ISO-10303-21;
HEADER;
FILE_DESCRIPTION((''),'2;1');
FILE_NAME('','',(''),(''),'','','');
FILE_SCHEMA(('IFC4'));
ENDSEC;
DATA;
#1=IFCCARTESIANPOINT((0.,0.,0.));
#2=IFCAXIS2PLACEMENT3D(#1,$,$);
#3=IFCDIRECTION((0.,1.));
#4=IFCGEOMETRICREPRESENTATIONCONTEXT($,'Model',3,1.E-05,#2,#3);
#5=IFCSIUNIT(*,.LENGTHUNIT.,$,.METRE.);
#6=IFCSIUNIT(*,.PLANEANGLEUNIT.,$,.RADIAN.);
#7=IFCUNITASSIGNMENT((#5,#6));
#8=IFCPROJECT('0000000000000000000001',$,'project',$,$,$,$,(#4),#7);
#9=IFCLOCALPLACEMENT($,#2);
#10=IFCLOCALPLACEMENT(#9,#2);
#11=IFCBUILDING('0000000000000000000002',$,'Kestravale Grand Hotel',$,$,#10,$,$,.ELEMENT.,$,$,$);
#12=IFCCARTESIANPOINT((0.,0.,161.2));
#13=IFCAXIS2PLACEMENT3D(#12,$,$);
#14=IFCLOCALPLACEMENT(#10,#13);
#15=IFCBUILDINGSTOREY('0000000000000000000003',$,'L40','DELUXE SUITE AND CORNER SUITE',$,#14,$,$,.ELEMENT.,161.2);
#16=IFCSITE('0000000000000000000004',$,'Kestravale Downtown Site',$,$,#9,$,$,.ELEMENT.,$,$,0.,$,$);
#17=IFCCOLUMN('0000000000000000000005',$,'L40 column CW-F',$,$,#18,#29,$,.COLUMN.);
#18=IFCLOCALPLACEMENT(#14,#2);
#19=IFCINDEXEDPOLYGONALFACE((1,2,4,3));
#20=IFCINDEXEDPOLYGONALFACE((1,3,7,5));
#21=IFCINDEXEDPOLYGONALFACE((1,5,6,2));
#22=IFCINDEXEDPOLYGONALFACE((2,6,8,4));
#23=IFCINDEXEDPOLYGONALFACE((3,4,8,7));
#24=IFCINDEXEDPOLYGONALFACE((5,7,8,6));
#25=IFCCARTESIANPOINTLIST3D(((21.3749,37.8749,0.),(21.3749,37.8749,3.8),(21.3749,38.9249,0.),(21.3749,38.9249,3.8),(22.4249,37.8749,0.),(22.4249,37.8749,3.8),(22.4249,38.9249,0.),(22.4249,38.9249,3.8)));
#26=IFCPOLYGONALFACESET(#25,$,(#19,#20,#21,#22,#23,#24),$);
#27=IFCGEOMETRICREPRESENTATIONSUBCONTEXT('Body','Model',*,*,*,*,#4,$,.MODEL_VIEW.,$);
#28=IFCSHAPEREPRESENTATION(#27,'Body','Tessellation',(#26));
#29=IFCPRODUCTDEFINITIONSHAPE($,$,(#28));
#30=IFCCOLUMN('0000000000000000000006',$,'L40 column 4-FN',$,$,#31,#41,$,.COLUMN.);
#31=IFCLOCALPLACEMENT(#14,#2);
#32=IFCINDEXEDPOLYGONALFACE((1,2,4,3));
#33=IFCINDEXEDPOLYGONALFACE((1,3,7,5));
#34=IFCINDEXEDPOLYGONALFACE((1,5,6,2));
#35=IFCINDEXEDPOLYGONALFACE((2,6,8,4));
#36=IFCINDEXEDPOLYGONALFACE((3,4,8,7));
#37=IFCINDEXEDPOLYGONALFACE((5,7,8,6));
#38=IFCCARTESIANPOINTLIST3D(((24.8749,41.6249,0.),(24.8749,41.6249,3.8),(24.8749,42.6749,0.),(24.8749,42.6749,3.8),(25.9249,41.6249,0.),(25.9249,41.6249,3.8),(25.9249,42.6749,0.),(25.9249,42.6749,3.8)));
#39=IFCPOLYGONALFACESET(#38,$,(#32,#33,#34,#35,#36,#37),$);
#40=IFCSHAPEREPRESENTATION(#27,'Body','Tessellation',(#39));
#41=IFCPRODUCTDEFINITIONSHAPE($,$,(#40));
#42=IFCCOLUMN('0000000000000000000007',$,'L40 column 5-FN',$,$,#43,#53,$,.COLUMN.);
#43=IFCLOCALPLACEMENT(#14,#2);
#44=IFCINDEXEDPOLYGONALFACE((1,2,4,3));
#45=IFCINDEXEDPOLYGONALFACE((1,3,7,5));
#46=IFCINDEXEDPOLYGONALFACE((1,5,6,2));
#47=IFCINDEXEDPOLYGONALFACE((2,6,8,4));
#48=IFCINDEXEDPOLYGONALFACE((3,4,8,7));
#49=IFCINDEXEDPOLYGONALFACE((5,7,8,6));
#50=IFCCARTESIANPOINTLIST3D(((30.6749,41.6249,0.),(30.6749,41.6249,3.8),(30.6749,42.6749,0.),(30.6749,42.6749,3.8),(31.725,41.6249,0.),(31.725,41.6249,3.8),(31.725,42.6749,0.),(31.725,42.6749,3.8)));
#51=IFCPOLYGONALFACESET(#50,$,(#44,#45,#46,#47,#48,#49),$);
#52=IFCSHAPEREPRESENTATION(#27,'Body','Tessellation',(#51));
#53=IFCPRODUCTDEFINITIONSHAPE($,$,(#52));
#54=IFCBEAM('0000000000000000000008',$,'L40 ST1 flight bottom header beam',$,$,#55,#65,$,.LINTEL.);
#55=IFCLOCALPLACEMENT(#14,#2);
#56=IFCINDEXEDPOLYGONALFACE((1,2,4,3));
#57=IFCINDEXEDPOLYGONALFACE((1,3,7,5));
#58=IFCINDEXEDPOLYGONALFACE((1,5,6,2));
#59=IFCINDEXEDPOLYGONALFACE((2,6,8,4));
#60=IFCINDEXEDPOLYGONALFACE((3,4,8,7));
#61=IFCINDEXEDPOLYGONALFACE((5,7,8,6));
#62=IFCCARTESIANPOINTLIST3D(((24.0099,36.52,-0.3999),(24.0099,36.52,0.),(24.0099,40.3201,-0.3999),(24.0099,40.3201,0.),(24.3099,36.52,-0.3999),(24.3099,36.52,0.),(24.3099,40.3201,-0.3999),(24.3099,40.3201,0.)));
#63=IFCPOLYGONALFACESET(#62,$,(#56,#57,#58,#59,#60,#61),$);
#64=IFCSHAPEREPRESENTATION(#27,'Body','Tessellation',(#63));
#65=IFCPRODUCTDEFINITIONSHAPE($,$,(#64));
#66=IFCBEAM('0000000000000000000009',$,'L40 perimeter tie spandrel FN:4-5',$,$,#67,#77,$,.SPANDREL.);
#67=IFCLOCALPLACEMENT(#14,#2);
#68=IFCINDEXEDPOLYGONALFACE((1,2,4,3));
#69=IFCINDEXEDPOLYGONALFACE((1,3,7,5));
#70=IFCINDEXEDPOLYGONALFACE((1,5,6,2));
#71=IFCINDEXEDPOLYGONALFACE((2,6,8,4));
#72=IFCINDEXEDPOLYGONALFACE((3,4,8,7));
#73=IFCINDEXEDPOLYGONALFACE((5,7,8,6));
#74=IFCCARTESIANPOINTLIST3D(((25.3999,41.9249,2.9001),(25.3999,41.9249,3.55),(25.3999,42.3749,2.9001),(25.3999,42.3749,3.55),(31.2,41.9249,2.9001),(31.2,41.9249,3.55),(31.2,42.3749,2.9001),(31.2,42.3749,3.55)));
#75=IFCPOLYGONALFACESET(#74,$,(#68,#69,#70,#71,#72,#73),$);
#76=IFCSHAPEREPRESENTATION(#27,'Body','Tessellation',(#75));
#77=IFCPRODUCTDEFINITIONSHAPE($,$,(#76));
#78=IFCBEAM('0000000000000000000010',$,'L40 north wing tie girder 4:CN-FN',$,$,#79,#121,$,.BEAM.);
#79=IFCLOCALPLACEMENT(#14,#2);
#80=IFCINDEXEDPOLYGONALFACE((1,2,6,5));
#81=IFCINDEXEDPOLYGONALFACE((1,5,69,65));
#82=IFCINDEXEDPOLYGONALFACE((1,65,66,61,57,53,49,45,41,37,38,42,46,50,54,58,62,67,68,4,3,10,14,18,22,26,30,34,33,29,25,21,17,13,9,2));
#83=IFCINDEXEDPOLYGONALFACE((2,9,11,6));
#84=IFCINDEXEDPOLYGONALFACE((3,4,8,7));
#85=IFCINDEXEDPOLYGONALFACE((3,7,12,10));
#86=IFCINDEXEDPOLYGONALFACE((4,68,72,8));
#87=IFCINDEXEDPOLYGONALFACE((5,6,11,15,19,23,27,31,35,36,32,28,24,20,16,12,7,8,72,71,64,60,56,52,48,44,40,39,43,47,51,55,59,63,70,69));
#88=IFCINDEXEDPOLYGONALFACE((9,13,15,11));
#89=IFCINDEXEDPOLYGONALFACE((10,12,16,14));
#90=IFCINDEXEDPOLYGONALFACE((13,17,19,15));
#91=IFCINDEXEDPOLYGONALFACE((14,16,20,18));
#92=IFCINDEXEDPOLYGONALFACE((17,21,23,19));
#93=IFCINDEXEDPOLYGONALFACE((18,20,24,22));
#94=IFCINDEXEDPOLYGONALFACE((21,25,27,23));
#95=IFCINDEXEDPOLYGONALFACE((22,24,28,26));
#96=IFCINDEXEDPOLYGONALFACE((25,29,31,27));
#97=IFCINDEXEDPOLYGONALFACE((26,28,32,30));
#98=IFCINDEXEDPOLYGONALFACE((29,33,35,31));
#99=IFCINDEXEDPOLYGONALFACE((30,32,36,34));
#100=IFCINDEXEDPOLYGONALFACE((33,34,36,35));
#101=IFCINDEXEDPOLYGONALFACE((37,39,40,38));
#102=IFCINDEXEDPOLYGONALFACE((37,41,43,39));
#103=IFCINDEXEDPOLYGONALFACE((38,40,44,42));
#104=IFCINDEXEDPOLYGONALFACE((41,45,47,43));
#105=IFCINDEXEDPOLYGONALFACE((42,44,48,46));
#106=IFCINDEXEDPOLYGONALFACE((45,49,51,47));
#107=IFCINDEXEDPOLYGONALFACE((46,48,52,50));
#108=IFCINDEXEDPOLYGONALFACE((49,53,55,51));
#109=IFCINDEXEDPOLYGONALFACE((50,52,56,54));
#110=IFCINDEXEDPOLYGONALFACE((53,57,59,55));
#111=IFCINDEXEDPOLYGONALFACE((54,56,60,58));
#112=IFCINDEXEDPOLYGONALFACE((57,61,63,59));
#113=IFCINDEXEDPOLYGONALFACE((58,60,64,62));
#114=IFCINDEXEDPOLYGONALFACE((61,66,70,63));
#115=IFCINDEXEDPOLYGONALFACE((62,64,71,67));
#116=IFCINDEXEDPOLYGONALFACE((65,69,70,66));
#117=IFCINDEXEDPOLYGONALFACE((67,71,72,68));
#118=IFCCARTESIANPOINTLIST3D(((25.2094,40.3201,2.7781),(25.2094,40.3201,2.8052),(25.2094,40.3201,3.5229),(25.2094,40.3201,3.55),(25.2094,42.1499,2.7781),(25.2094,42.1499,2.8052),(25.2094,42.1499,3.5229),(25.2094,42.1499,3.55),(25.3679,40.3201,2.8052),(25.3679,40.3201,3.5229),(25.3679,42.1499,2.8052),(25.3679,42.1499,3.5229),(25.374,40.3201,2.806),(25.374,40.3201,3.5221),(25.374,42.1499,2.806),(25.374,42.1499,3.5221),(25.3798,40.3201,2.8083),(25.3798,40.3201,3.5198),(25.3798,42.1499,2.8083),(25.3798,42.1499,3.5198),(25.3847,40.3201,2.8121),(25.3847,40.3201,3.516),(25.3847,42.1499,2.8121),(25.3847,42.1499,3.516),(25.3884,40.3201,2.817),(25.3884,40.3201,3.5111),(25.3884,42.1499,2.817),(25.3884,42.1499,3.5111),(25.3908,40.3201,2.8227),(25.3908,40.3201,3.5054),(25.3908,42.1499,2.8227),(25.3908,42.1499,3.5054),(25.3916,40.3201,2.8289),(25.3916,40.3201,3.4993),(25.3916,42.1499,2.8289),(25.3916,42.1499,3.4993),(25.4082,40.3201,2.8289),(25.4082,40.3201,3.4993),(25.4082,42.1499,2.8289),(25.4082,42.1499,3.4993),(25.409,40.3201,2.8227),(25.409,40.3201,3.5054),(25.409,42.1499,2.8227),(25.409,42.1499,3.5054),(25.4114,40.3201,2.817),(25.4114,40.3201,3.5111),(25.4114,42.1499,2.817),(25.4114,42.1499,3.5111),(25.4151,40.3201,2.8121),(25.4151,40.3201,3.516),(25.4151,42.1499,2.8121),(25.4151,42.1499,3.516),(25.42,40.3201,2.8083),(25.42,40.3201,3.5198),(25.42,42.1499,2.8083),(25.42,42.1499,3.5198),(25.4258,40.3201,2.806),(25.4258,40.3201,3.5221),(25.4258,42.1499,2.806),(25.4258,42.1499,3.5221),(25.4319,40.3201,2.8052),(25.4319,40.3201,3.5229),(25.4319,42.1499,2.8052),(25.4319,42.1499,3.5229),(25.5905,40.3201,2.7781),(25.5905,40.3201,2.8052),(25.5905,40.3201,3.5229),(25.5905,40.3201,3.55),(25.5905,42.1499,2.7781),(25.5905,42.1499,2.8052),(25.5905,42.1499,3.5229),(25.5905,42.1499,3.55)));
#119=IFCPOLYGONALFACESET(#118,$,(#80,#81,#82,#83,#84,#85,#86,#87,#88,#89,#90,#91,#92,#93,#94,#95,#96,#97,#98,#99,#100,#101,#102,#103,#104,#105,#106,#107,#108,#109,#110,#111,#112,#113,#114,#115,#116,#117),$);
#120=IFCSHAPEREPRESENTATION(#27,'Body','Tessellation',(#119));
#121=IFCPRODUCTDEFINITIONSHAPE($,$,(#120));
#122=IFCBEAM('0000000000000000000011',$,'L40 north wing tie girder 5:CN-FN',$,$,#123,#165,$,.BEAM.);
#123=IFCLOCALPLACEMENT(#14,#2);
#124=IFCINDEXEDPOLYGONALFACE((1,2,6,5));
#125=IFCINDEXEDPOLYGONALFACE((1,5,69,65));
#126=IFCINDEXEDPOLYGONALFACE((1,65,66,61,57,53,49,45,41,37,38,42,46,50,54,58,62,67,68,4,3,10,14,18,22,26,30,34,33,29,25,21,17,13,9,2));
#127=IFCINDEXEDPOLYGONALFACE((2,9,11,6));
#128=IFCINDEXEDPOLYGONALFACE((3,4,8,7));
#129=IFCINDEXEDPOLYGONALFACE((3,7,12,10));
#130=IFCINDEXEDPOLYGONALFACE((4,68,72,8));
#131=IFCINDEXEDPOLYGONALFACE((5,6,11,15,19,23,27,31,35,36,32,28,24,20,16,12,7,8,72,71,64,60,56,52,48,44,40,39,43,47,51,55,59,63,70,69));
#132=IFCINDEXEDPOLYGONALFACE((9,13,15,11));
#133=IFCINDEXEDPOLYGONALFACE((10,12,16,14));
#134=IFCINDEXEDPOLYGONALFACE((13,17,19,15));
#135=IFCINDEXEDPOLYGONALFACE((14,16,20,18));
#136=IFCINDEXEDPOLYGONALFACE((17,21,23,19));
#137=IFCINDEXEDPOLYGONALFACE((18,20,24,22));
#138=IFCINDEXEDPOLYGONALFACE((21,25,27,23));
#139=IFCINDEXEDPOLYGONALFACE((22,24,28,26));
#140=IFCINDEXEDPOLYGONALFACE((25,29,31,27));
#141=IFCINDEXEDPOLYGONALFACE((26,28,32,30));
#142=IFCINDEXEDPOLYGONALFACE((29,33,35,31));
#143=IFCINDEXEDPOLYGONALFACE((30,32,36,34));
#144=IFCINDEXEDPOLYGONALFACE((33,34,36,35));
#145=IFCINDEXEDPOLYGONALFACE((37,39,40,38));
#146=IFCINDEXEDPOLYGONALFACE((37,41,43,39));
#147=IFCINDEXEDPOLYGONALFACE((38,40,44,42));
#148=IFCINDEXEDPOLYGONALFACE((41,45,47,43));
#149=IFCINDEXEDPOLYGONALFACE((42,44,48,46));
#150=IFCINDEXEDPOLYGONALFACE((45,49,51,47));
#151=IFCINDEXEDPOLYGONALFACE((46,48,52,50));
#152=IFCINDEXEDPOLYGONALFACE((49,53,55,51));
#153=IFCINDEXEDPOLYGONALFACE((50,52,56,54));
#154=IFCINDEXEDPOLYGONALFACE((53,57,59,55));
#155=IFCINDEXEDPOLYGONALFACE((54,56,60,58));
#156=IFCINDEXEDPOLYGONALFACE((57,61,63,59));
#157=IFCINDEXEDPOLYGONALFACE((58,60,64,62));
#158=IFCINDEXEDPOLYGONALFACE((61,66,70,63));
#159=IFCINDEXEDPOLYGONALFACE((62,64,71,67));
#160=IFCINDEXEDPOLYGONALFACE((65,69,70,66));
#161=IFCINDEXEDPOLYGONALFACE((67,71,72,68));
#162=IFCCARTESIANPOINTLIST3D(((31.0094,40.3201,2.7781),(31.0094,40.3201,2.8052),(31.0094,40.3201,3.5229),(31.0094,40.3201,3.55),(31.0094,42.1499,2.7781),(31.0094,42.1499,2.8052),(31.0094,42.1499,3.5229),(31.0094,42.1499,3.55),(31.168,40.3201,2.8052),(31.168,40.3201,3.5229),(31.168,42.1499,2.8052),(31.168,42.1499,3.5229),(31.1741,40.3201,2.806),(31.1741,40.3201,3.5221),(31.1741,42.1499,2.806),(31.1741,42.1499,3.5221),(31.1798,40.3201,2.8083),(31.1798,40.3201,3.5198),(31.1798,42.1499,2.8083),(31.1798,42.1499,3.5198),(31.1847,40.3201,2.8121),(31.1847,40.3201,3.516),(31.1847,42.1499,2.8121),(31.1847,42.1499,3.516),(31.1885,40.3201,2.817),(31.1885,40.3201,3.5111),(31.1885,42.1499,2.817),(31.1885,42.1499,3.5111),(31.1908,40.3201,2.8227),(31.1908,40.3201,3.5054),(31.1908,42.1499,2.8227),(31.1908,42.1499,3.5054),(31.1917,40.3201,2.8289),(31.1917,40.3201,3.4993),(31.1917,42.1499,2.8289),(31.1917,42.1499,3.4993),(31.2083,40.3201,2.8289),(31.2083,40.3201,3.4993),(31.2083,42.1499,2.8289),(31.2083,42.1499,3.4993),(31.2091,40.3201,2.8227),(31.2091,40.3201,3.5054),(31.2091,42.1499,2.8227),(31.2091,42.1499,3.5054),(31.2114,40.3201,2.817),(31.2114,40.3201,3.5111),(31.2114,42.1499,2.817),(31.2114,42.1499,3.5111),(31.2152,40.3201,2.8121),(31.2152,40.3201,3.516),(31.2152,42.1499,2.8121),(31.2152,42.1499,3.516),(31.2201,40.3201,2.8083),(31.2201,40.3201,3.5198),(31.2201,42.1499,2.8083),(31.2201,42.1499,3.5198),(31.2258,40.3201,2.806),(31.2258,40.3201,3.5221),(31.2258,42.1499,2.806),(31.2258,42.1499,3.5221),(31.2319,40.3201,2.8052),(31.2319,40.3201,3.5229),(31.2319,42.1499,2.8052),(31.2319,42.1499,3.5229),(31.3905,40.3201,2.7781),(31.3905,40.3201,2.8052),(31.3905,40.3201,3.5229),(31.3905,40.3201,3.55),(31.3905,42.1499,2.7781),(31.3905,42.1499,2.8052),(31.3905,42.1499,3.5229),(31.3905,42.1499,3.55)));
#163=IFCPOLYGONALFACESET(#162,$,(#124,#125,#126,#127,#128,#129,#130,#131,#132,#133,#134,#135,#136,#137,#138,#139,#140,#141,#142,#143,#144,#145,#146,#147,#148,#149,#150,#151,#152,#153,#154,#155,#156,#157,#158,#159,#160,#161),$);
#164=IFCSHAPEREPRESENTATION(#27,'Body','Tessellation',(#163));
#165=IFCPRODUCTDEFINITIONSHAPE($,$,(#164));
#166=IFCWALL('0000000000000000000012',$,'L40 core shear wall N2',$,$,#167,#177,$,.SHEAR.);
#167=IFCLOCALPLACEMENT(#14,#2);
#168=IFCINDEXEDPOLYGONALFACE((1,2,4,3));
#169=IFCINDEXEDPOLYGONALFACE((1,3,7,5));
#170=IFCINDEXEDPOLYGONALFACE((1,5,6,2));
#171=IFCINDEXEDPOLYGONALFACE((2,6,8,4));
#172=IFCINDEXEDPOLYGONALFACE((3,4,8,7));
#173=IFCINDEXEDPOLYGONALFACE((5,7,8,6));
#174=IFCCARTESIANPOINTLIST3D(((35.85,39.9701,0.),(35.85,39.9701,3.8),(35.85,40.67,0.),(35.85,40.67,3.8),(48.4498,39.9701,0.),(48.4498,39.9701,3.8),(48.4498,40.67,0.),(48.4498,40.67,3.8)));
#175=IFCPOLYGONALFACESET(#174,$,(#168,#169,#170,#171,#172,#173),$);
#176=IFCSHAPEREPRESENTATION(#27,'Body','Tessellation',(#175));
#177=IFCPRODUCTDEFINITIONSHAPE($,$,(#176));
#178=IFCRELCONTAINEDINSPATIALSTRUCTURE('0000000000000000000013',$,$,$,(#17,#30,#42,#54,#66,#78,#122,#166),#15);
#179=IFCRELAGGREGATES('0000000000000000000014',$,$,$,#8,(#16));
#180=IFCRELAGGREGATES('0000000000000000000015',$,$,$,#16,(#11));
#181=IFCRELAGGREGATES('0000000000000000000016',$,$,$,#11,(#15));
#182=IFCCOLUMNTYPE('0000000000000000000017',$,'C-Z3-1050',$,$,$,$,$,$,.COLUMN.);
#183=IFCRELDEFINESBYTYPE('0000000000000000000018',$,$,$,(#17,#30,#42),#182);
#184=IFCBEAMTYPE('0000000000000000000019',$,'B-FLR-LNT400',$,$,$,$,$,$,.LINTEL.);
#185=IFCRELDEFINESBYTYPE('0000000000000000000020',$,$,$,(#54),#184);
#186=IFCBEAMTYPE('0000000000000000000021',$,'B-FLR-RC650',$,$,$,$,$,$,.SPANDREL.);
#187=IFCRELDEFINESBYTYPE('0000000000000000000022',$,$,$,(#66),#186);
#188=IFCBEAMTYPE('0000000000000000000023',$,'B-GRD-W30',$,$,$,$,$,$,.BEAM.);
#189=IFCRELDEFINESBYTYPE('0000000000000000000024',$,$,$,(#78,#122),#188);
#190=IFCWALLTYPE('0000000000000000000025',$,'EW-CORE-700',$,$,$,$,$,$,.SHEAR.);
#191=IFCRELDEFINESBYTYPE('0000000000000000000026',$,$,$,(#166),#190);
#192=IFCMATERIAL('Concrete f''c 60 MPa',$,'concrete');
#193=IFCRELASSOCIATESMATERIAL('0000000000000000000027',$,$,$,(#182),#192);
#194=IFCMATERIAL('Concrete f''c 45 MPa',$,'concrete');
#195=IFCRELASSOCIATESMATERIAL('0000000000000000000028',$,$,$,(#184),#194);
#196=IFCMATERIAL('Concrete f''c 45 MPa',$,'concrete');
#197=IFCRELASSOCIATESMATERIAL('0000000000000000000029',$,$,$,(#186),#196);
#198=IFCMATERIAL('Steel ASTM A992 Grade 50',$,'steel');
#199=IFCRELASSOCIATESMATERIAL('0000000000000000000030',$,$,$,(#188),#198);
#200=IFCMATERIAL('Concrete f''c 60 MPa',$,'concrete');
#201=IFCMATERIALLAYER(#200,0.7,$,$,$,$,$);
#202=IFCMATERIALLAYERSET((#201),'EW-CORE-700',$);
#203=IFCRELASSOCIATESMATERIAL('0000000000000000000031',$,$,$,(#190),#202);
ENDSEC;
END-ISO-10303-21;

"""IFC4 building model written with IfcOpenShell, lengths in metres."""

from ifc_helpers import new_model, si_unit, direction, frame, frame_2d, origin, origin_2d, place, context, subcontext, project, spatial, rectangle, i_section, extrude, material, layer, layer_set, material_profile, profile_set, type_object, element, save


model = new_model("IFC4")

# Units and contexts
model_context = context("Model", 3, precision=1e-05, world=origin(), true_north=direction((0.0, 1.0)))
body_context = subcontext(model_context, "Body", "Model", "MODEL_VIEW")
ifc_project = project(units=[si_unit("LENGTHUNIT", "METRE"), si_unit("PLANEANGLEUNIT", "RADIAN")], contexts=[model_context])

# Site, building, storey
site_placement = place(None, origin())
site = spatial("IfcSite", under=ifc_project, at=site_placement, Name="Kestravale Downtown Site", CompositionType="ELEMENT", RefElevation=0.0)
building_placement = place(site_placement, origin())
building = spatial("IfcBuilding", under=site, at=building_placement, Name="Kestravale Grand Hotel", CompositionType="ELEMENT")
storey_placement = place(building_placement, frame((0.0, 0.0, 161.2)))
storey = spatial("IfcBuildingStorey", under=building, at=storey_placement, Name="L40", Description="DELUXE SUITE AND CORNER SUITE", CompositionType="ELEMENT", Elevation=161.2)

# Columns
ifc_material_1 = material(Name="Concrete f'c 60 MPa", Category="concrete")
ifc_material_profile_1 = material_profile(ifc_material_1, rectangle(XDim=1.05, YDim=1.05, at=origin_2d()))
ifc_profile_set_1 = profile_set([ifc_material_profile_1], Name="Concrete f'c 60 MPa")
column_type = type_object("IfcColumnType", Name="C-Z3-1050", PredefinedType="COLUMN", material=ifc_profile_set_1)
for number, where, z_axis, x_axis, name in (
    (1, (21.8999, 38.3999, 0.0), (0.0, 0.0, 1.0), (1.0, 0.0, 0.0), "L40 column CW-F"),
    (2, (25.3999, 42.1499, 0.0), (0.0, 0.0, 1.0), (1.0, 0.0, 0.0), "L40 column 4-FN"),
    (3, (31.2, 42.1499, 0.0), (0.0, 0.0, 1.0), (1.0, 0.0, 0.0), "L40 column 5-FN"),
):
    element("IfcColumn", number, at=place(storey_placement, frame(where, z_axis=z_axis, x_axis=x_axis)), inside=storey, type_object=column_type, Name=name, PredefinedType="COLUMN", context=body_context, shape_type="SweptSolid", body=[
        extrude(rectangle(XDim=1.05, YDim=1.05, at=origin_2d()), origin(), (0.0, 0.0, 1.0), 3.8),
    ])

# Beams
ifc_material_2 = material(Name="Concrete f'c 45 MPa", Category="concrete")
ifc_material_profile_2 = material_profile(ifc_material_2, rectangle(XDim=0.3, YDim=0.3999, at=origin_2d()))
ifc_profile_set_2 = profile_set([ifc_material_profile_2], Name="Concrete f'c 45 MPa")
beam_type_1 = type_object("IfcBeamType", Name="B-FLR-LNT400", PredefinedType="LINTEL", material=ifc_profile_set_2)
beam_1_placement = place(storey_placement, frame((24.1599, 36.52, -0.2), z_axis=(0.0, 1.0, 0.0), x_axis=(-1.0, 0.0, 0.0)))
element("IfcBeam", 4, at=beam_1_placement, inside=storey, type_object=beam_type_1, Name="L40 ST1 flight bottom header beam", PredefinedType="LINTEL", context=body_context, shape_type="SweptSolid", body=[
    extrude(rectangle(XDim=0.3, YDim=0.3999, at=origin_2d()), origin(), (0.0, 0.0, 1.0), 3.8),
])
ifc_material_3 = material(Name="Concrete f'c 45 MPa", Category="concrete")
ifc_material_profile_3 = material_profile(ifc_material_3, rectangle(XDim=0.45, YDim=0.6499, at=origin_2d()))
ifc_profile_set_3 = profile_set([ifc_material_profile_3], Name="Concrete f'c 45 MPa")
beam_type_2 = type_object("IfcBeamType", Name="B-FLR-RC650", PredefinedType="SPANDREL", material=ifc_profile_set_3)
beam_2_placement = place(storey_placement, frame((25.3999, 42.1499, 3.2251), z_axis=(1.0, 0.0, 0.0), x_axis=(0.0, 1.0, 0.0)))
element("IfcBeam", 5, at=beam_2_placement, inside=storey, type_object=beam_type_2, Name="L40 perimeter tie spandrel FN:4-5", PredefinedType="SPANDREL", context=body_context, shape_type="SweptSolid", body=[
    extrude(rectangle(XDim=0.45, YDim=0.6499, at=origin_2d()), origin(), (0.0, 0.0, 1.0), 5.8),
])
ifc_material_4 = material(Name="Steel ASTM A992 Grade 50", Category="steel")
ifc_material_profile_4 = material_profile(ifc_material_4, i_section(OverallWidth=0.3811, OverallDepth=0.772, WebThickness=0.0166, FlangeThickness=0.0271, FilletRadius=0.0237, at=origin_2d()))
ifc_profile_set_4 = profile_set([ifc_material_profile_4], Name="Steel ASTM A992 Grade 50")
beam_type_3 = type_object("IfcBeamType", Name="B-GRD-W30", PredefinedType="BEAM", material=ifc_profile_set_4)
for number, where, z_axis, x_axis, name in (
    (6, (25.3999, 40.3201, 3.1641), (0.0, 1.0, 0.0), (-1.0, 0.0, 0.0), "L40 north wing tie girder 4:CN-FN"),
    (7, (31.2, 40.3201, 3.1641), (0.0, 1.0, 0.0), (-1.0, 0.0, 0.0), "L40 north wing tie girder 5:CN-FN"),
):
    element("IfcBeam", number, at=place(storey_placement, frame(where, z_axis=z_axis, x_axis=x_axis)), inside=storey, type_object=beam_type_3, Name=name, PredefinedType="BEAM", context=body_context, shape_type="SweptSolid", body=[
        extrude(i_section(OverallWidth=0.3811, OverallDepth=0.772, WebThickness=0.0166, FlangeThickness=0.0271, FilletRadius=0.0237, at=origin_2d()), origin(), (0.0, 0.0, 1.0), 1.8298),
    ])

# Wall
ifc_material_5 = material(Name="Concrete f'c 60 MPa", Category="concrete")
ifc_layer_1 = layer(ifc_material_5, 0.7)
ifc_layer_set_1 = layer_set([ifc_layer_1], Name="EW-CORE-700")
wall_type_1 = type_object("IfcWallType", Name="EW-CORE-700", PredefinedType="SHEAR", material=ifc_layer_set_1)
wall_1_placement = place(storey_placement, frame((35.8501, 40.3201, 0.0), z_axis=(0.0, 0.0, 1.0), x_axis=(1.0, 0.0, 0.0)))
element("IfcWall", 8, at=wall_1_placement, inside=storey, type_object=wall_type_1, Name="L40 core shear wall N2", PredefinedType="SHEAR", context=body_context, shape_type="SweptSolid", body=[
    extrude(rectangle(XDim=12.5999, YDim=0.7, at=frame_2d((6.2998, 0.0))), origin(), (0.0, 0.0, 1.0), 3.8),
])

save(model, "model.ifc")
